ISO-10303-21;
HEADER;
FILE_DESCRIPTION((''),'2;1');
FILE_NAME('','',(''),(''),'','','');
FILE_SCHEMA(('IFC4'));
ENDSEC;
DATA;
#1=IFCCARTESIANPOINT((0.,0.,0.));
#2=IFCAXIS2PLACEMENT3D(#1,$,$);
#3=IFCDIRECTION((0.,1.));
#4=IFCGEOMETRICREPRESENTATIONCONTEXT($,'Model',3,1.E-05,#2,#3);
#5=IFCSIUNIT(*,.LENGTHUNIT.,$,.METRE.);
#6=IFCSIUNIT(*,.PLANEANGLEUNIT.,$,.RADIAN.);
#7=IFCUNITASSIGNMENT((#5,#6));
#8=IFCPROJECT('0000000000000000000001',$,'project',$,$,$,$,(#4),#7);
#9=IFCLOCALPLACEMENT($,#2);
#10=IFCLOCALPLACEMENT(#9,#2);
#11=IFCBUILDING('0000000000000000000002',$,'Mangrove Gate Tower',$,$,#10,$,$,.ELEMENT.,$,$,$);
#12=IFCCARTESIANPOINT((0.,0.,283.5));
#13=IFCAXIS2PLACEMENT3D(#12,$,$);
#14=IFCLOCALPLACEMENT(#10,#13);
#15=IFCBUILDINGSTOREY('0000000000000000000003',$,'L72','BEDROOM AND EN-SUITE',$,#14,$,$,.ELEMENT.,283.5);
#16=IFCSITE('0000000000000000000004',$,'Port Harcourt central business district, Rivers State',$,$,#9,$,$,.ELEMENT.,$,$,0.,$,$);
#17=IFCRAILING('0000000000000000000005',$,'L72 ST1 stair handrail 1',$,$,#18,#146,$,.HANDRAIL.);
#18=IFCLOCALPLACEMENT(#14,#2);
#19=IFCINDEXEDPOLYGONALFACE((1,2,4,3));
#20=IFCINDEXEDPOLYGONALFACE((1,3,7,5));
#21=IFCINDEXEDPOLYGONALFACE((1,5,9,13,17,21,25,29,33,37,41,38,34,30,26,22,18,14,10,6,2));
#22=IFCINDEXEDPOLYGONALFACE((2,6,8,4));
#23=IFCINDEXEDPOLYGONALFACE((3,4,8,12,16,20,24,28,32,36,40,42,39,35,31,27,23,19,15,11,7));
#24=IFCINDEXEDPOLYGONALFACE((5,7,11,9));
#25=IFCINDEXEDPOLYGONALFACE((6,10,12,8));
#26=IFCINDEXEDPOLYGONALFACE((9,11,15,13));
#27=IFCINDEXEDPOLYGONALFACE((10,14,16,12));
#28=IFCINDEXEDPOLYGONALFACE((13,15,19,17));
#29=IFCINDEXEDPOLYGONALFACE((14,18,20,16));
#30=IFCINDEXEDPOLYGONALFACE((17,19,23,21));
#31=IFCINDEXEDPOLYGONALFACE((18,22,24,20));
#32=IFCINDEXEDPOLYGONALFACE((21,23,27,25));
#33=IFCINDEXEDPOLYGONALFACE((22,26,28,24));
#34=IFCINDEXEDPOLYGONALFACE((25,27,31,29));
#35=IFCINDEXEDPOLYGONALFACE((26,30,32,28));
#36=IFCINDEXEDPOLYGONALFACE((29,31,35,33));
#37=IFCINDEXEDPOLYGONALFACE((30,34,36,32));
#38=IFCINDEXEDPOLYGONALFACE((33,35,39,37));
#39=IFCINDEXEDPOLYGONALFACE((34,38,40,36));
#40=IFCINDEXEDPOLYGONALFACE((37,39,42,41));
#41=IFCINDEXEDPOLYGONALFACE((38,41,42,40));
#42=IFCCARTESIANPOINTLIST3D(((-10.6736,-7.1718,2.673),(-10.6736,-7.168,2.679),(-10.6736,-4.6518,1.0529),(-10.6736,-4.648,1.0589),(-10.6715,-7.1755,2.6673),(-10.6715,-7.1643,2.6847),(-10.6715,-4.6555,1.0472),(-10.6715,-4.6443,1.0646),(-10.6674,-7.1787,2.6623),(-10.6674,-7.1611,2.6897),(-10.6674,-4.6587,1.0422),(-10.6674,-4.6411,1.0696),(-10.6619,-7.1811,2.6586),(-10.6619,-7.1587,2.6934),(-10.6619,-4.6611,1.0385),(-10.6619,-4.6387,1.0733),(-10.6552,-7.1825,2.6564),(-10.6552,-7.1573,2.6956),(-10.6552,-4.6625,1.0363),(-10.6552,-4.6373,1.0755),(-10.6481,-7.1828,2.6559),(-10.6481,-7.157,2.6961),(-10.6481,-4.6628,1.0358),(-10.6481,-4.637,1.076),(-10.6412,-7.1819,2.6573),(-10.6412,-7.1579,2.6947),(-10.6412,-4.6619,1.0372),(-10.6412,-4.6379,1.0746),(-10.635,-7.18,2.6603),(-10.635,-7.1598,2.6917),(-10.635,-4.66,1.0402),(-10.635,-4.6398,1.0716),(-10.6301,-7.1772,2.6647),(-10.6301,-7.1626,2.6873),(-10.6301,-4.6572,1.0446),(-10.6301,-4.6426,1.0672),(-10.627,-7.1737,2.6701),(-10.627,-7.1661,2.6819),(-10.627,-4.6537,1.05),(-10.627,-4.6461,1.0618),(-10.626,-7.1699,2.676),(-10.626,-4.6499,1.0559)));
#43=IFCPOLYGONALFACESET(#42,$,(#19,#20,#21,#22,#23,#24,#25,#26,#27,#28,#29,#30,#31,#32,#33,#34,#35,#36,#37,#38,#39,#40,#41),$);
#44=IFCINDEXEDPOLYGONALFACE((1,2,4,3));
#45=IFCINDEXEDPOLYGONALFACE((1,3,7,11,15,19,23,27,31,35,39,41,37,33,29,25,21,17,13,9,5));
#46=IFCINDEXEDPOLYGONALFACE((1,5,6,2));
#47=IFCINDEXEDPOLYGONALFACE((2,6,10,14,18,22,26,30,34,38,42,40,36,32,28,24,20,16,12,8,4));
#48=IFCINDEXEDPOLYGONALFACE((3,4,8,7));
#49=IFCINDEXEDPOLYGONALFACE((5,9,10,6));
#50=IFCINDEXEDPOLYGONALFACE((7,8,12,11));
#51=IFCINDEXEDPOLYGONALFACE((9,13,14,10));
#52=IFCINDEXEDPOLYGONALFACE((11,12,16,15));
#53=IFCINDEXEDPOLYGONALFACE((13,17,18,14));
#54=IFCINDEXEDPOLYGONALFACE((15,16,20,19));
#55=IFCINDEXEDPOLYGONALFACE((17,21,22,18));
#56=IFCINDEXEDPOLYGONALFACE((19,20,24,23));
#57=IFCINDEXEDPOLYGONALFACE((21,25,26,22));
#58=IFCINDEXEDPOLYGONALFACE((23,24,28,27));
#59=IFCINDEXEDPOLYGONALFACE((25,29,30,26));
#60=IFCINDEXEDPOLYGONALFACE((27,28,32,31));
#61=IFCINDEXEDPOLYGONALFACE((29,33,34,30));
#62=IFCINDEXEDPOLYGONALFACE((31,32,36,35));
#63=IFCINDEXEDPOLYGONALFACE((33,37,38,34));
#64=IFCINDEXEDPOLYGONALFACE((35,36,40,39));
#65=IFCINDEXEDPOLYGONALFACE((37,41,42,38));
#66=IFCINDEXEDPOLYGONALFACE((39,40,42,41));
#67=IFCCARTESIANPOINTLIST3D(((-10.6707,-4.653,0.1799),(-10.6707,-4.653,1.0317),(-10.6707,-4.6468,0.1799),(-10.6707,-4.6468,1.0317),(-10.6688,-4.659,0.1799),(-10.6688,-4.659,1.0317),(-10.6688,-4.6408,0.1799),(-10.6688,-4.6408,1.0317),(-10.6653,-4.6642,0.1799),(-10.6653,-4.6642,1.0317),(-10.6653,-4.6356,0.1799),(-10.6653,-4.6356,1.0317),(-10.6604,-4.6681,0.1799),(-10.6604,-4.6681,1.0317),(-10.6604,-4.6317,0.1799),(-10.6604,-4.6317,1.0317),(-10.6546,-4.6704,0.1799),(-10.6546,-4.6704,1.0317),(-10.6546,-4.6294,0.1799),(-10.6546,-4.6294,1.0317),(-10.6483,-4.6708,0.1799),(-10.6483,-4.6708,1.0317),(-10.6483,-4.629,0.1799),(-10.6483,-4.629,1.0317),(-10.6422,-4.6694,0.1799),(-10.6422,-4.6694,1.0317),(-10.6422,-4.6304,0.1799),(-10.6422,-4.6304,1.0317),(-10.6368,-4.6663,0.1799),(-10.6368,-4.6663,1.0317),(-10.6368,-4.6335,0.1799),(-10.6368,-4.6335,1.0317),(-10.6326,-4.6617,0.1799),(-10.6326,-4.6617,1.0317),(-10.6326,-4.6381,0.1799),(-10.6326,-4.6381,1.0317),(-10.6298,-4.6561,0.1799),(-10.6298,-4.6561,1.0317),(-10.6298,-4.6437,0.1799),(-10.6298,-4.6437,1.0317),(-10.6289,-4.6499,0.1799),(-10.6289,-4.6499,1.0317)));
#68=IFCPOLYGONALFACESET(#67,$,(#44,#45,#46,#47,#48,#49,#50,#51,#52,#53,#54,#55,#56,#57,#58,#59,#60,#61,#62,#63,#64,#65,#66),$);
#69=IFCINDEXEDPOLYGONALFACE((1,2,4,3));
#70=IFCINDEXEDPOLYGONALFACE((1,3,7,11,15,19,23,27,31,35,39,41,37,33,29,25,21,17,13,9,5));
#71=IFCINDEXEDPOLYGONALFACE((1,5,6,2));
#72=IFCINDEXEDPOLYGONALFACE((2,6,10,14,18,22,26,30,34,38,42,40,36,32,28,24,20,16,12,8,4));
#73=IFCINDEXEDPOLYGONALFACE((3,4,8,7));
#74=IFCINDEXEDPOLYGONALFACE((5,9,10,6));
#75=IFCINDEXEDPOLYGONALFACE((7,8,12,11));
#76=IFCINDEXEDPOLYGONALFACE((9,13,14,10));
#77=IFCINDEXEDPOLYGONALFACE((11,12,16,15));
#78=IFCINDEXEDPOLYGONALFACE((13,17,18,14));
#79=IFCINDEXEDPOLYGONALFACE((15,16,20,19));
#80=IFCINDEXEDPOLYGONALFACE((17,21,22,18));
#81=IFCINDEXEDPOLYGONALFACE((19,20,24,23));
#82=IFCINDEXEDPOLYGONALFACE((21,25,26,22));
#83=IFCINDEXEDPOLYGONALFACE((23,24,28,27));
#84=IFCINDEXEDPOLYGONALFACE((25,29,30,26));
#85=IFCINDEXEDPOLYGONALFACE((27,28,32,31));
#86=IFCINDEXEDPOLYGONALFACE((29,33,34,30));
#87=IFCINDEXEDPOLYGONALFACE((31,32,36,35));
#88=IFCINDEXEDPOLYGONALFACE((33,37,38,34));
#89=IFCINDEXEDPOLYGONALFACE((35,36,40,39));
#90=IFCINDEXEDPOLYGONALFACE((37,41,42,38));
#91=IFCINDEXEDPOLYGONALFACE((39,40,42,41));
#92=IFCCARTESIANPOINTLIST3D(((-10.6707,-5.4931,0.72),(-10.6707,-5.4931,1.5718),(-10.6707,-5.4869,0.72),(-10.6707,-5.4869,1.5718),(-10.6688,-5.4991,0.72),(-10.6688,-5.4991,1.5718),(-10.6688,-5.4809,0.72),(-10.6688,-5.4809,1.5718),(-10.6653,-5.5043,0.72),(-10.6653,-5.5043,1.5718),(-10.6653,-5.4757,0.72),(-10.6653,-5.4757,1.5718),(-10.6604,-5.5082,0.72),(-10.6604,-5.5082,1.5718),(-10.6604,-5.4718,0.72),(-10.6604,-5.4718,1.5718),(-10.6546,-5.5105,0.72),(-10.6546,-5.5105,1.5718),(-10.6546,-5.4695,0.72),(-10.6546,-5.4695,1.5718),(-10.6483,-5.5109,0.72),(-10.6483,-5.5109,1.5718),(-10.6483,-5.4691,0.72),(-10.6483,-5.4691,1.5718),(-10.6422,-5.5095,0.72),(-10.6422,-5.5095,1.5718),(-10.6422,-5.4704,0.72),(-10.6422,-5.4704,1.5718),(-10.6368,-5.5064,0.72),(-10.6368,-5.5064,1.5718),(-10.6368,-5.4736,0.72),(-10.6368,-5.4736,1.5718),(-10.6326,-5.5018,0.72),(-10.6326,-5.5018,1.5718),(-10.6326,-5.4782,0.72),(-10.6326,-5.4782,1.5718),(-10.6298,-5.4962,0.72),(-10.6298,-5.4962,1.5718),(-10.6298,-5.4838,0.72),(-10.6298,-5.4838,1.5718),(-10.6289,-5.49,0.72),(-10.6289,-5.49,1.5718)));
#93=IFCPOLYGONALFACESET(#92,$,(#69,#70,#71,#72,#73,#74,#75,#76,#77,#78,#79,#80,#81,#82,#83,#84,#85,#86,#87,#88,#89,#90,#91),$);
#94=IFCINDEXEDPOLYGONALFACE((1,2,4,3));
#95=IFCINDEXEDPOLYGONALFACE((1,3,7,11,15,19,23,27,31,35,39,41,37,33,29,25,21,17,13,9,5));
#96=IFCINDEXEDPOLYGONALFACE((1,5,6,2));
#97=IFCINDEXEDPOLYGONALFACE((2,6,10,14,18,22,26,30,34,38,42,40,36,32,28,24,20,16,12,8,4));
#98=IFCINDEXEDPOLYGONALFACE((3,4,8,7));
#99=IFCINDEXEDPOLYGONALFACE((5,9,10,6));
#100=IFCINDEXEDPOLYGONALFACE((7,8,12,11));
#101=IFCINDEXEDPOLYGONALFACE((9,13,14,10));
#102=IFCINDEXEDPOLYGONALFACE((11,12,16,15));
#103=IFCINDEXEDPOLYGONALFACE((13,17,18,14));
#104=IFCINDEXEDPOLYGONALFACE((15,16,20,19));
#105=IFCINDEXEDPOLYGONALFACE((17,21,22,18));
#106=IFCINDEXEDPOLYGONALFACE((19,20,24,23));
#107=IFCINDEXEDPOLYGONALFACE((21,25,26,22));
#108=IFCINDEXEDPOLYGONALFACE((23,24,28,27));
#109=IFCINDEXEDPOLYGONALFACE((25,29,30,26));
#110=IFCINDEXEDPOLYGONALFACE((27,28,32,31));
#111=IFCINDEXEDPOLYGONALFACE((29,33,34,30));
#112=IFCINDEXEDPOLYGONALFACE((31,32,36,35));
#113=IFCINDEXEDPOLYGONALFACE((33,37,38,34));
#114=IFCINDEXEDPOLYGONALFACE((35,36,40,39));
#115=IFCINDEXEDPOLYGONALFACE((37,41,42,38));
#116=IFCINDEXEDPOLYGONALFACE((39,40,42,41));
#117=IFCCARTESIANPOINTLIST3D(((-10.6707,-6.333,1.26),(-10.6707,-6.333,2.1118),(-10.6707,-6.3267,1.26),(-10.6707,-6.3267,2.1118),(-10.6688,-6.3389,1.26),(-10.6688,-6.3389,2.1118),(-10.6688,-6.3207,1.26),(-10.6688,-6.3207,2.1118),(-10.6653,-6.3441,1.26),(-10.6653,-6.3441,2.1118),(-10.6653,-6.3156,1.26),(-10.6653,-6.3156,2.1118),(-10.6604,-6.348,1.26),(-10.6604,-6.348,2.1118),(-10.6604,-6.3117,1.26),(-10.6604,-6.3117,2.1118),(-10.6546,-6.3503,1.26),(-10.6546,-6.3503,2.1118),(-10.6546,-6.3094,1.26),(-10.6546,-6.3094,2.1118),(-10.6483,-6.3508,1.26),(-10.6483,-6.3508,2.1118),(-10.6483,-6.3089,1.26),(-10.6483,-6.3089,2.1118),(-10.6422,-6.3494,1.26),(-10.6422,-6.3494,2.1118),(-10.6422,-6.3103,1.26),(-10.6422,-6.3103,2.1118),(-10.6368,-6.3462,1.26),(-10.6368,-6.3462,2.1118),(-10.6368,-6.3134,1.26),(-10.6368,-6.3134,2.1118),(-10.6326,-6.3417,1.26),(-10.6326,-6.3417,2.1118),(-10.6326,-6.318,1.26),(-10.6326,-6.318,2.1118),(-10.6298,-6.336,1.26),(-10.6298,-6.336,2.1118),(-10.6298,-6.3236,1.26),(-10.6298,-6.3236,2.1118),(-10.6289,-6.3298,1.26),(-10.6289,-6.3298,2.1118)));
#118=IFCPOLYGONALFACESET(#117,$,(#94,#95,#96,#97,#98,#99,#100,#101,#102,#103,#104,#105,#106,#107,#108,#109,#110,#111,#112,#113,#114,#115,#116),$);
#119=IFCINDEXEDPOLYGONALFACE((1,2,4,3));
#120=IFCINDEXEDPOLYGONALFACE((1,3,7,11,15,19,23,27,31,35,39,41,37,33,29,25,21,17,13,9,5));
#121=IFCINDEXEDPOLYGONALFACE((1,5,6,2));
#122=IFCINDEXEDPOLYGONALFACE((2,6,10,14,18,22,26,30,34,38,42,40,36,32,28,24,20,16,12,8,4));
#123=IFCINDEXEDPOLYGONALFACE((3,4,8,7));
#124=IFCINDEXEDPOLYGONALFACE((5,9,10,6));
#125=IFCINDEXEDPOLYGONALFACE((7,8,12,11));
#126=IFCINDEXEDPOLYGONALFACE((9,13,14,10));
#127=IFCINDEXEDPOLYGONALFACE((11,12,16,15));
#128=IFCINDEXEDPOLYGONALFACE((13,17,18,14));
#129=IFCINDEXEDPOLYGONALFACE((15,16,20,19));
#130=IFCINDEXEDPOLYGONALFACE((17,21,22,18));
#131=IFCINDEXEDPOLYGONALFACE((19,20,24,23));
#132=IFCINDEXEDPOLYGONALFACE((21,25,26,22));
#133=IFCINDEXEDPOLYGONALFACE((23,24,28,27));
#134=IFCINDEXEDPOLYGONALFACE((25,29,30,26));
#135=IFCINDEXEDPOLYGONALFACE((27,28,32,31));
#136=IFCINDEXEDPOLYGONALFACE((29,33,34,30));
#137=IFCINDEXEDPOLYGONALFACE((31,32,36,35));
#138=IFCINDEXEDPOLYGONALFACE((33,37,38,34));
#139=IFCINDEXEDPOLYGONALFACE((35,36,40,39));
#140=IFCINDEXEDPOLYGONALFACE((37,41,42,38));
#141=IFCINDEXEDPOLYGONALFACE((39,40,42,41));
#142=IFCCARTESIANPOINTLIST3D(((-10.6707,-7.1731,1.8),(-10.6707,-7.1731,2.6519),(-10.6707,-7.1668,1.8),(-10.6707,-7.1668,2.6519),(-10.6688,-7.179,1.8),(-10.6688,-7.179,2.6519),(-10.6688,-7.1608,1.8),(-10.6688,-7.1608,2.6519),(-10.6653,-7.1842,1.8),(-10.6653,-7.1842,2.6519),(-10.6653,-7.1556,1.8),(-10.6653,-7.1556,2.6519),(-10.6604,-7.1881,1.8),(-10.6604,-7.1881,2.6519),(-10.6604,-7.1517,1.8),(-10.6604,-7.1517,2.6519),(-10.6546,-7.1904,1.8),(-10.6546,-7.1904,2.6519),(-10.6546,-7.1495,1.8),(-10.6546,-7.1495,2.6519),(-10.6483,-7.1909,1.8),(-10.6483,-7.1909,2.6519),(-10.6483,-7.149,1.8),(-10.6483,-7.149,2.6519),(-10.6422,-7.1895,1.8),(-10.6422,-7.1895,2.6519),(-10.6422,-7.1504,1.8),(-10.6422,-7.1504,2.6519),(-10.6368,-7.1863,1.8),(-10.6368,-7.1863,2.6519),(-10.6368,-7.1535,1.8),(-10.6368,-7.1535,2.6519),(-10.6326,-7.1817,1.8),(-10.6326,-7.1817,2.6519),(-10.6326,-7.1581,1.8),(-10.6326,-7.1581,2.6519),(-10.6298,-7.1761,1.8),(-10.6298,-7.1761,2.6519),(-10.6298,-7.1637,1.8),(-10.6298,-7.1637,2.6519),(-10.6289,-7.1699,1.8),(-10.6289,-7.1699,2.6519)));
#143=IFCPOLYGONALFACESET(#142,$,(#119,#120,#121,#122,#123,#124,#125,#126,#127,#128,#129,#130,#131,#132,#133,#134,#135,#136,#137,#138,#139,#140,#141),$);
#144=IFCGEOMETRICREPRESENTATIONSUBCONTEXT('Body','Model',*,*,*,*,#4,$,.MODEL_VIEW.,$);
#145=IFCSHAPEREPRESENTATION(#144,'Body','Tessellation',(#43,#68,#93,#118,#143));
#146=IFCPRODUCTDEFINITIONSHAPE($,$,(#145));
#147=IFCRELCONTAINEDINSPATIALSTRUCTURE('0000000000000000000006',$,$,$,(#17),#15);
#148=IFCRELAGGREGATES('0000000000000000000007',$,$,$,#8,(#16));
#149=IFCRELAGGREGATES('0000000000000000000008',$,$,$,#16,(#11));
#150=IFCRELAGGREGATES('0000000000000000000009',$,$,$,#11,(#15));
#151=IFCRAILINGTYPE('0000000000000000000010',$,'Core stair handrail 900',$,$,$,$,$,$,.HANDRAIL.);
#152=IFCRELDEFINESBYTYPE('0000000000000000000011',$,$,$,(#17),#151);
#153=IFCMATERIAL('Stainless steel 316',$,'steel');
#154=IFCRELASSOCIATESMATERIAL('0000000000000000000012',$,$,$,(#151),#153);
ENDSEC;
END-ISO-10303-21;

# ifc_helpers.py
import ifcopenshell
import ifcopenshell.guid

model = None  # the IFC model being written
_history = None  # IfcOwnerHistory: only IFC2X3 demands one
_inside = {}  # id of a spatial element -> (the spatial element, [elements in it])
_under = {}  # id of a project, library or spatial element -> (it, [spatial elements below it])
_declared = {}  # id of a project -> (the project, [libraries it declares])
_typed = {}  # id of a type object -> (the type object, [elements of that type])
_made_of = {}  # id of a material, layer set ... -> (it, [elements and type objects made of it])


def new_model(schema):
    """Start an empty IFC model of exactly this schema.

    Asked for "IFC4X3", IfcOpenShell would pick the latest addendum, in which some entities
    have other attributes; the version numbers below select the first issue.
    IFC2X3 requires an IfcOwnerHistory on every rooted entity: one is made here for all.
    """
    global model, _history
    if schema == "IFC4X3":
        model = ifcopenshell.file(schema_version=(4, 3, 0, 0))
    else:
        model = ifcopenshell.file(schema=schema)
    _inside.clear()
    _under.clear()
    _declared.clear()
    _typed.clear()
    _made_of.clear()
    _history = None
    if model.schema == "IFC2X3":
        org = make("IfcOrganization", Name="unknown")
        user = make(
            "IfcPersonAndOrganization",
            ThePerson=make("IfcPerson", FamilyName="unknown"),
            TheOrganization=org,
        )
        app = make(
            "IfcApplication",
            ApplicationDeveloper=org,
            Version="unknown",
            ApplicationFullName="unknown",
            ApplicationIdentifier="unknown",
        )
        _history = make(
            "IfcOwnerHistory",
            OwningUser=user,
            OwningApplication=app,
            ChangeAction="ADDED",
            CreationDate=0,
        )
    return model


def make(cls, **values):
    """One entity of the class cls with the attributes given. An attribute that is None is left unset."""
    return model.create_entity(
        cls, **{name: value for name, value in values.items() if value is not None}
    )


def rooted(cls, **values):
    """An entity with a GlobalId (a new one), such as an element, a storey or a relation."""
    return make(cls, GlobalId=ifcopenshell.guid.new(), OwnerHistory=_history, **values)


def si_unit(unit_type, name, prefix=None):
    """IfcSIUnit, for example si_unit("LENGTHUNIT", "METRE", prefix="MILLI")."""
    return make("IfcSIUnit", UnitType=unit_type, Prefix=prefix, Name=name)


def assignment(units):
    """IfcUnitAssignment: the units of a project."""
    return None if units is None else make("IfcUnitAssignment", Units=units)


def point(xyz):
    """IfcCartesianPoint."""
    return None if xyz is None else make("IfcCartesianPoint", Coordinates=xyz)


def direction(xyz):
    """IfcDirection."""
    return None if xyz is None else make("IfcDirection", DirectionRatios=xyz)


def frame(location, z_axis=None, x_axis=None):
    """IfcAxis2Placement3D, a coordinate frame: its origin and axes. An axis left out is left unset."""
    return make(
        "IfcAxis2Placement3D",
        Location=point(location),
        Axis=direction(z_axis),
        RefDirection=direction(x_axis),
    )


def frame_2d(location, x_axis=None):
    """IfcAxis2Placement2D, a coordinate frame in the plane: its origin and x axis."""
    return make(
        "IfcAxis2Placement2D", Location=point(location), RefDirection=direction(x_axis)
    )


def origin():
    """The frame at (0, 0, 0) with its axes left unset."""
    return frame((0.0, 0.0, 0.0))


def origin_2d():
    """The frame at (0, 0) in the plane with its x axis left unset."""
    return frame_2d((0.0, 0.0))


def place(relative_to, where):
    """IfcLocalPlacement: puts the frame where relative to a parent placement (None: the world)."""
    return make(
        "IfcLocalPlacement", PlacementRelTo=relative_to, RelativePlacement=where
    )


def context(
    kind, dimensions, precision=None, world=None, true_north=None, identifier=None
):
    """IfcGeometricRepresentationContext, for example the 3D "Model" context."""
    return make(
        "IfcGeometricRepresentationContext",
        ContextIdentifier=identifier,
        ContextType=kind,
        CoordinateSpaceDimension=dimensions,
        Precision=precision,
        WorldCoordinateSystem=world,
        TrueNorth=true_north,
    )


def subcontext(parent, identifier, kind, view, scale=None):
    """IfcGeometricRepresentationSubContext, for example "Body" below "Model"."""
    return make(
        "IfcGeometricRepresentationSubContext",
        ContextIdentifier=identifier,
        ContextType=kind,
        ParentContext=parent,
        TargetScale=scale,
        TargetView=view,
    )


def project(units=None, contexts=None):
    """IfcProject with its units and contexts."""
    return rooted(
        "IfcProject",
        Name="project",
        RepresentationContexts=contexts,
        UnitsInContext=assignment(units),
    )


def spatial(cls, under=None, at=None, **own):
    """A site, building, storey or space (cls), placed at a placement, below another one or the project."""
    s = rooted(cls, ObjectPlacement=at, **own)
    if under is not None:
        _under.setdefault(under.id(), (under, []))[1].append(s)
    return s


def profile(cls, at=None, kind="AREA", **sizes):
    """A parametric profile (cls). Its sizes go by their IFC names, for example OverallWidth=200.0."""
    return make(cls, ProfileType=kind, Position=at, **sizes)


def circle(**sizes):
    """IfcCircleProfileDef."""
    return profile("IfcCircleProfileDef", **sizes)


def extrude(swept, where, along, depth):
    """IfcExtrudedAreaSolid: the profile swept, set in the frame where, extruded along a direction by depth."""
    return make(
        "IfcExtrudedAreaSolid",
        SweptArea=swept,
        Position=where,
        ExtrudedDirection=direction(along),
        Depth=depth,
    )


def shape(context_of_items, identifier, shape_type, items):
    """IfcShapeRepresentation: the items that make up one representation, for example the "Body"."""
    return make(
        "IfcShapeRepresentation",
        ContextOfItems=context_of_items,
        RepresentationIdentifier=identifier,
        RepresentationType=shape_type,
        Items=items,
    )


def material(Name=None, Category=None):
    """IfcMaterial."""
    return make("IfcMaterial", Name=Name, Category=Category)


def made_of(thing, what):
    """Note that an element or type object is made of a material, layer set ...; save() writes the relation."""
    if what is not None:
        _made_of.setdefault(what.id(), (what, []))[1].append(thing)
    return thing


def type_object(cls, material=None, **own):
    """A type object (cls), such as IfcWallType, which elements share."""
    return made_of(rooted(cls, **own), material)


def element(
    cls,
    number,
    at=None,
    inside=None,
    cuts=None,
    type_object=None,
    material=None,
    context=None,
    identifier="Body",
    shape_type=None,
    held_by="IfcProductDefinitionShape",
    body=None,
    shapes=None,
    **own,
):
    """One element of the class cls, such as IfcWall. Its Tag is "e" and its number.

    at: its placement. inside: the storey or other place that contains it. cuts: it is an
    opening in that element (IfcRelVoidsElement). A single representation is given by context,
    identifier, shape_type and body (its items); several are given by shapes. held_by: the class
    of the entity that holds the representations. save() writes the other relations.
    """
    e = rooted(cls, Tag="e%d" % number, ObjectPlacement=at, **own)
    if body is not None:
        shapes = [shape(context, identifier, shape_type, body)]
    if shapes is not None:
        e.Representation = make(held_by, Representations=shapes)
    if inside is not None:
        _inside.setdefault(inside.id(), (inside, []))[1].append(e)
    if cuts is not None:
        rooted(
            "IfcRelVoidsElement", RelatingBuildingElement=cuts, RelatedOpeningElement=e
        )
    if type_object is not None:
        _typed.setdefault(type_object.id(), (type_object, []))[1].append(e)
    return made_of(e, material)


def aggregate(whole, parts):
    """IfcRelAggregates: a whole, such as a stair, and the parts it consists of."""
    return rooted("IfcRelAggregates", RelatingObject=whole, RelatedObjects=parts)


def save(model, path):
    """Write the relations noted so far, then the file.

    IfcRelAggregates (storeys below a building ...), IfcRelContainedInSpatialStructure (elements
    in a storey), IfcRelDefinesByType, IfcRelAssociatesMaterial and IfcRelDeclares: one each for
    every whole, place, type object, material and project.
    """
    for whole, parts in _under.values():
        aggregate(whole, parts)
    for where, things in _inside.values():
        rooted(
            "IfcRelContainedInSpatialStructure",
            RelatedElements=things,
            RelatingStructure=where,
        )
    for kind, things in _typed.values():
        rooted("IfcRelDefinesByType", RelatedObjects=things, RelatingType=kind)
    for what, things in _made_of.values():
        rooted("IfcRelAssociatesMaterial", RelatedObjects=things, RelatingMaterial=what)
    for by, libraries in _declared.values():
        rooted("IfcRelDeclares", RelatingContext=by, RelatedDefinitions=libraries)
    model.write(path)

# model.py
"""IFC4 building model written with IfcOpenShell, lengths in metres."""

from ifc_helpers import new_model, si_unit, direction, frame, origin, origin_2d, place, context, subcontext, project, spatial, circle, extrude, material, type_object, element, save


model = new_model("IFC4")

# Units and contexts
model_context = context("Model", 3, precision=1e-05, world=origin(), true_north=direction((0.0, 1.0)))
body_context = subcontext(model_context, "Body", "Model", "MODEL_VIEW")
ifc_project = project(units=[si_unit("LENGTHUNIT", "METRE"), si_unit("PLANEANGLEUNIT", "RADIAN")], contexts=[model_context])

# Site, building, storey
site_placement = place(None, origin())
site = spatial("IfcSite", under=ifc_project, at=site_placement, Name="Port Harcourt central business district, Rivers State", CompositionType="ELEMENT", RefElevation=0.0)
building_placement = place(site_placement, origin())
building = spatial("IfcBuilding", under=site, at=building_placement, Name="Mangrove Gate Tower", CompositionType="ELEMENT")
storey_placement = place(building_placement, frame((0.0, 0.0, 283.5)))
storey = spatial("IfcBuildingStorey", under=building, at=storey_placement, Name="L72", Description="BEDROOM AND EN-SUITE", CompositionType="ELEMENT", Elevation=283.5)

# Railing
ifc_material_1 = material(Name="Stainless steel 316", Category="steel")
railing_type_1 = type_object("IfcRailingType", Name="Core stair handrail 900", PredefinedType="HANDRAIL", material=ifc_material_1)
railing_1_placement = place(storey_placement, frame((-10.6499, -4.6499, 0.1799)))
element("IfcRailing", 1, at=railing_1_placement, inside=storey, type_object=railing_type_1, Name="L72 ST1 stair handrail 1", PredefinedType="HANDRAIL", context=body_context, shape_type="SweptSolid", body=[
    extrude(circle(Radius=0.0239, at=origin_2d()), frame((0.0, 0.0, 0.876), z_axis=(0.0, -0.841163, 0.540782), x_axis=(1.0, 0.0, 0.0)), (0.0, 0.0, 1.0), 2.9958),
    extrude(circle(Radius=0.021, at=origin_2d()), origin(), (0.0, 0.0, 1.0), 0.8518),
    extrude(circle(Radius=0.021, at=origin_2d()), frame((0.0, -0.8401, 0.54)), (0.0, 0.0, 1.0), 0.8518),
    extrude(circle(Radius=0.021, at=origin_2d()), frame((0.0, -1.6799, 1.0801)), (0.0, 0.0, 1.0), 0.8518),
    extrude(circle(Radius=0.021, at=origin_2d()), frame((0.0, -2.52, 1.6201)), (0.0, 0.0, 1.0), 0.8518),
])

save(model, "model.ifc")
